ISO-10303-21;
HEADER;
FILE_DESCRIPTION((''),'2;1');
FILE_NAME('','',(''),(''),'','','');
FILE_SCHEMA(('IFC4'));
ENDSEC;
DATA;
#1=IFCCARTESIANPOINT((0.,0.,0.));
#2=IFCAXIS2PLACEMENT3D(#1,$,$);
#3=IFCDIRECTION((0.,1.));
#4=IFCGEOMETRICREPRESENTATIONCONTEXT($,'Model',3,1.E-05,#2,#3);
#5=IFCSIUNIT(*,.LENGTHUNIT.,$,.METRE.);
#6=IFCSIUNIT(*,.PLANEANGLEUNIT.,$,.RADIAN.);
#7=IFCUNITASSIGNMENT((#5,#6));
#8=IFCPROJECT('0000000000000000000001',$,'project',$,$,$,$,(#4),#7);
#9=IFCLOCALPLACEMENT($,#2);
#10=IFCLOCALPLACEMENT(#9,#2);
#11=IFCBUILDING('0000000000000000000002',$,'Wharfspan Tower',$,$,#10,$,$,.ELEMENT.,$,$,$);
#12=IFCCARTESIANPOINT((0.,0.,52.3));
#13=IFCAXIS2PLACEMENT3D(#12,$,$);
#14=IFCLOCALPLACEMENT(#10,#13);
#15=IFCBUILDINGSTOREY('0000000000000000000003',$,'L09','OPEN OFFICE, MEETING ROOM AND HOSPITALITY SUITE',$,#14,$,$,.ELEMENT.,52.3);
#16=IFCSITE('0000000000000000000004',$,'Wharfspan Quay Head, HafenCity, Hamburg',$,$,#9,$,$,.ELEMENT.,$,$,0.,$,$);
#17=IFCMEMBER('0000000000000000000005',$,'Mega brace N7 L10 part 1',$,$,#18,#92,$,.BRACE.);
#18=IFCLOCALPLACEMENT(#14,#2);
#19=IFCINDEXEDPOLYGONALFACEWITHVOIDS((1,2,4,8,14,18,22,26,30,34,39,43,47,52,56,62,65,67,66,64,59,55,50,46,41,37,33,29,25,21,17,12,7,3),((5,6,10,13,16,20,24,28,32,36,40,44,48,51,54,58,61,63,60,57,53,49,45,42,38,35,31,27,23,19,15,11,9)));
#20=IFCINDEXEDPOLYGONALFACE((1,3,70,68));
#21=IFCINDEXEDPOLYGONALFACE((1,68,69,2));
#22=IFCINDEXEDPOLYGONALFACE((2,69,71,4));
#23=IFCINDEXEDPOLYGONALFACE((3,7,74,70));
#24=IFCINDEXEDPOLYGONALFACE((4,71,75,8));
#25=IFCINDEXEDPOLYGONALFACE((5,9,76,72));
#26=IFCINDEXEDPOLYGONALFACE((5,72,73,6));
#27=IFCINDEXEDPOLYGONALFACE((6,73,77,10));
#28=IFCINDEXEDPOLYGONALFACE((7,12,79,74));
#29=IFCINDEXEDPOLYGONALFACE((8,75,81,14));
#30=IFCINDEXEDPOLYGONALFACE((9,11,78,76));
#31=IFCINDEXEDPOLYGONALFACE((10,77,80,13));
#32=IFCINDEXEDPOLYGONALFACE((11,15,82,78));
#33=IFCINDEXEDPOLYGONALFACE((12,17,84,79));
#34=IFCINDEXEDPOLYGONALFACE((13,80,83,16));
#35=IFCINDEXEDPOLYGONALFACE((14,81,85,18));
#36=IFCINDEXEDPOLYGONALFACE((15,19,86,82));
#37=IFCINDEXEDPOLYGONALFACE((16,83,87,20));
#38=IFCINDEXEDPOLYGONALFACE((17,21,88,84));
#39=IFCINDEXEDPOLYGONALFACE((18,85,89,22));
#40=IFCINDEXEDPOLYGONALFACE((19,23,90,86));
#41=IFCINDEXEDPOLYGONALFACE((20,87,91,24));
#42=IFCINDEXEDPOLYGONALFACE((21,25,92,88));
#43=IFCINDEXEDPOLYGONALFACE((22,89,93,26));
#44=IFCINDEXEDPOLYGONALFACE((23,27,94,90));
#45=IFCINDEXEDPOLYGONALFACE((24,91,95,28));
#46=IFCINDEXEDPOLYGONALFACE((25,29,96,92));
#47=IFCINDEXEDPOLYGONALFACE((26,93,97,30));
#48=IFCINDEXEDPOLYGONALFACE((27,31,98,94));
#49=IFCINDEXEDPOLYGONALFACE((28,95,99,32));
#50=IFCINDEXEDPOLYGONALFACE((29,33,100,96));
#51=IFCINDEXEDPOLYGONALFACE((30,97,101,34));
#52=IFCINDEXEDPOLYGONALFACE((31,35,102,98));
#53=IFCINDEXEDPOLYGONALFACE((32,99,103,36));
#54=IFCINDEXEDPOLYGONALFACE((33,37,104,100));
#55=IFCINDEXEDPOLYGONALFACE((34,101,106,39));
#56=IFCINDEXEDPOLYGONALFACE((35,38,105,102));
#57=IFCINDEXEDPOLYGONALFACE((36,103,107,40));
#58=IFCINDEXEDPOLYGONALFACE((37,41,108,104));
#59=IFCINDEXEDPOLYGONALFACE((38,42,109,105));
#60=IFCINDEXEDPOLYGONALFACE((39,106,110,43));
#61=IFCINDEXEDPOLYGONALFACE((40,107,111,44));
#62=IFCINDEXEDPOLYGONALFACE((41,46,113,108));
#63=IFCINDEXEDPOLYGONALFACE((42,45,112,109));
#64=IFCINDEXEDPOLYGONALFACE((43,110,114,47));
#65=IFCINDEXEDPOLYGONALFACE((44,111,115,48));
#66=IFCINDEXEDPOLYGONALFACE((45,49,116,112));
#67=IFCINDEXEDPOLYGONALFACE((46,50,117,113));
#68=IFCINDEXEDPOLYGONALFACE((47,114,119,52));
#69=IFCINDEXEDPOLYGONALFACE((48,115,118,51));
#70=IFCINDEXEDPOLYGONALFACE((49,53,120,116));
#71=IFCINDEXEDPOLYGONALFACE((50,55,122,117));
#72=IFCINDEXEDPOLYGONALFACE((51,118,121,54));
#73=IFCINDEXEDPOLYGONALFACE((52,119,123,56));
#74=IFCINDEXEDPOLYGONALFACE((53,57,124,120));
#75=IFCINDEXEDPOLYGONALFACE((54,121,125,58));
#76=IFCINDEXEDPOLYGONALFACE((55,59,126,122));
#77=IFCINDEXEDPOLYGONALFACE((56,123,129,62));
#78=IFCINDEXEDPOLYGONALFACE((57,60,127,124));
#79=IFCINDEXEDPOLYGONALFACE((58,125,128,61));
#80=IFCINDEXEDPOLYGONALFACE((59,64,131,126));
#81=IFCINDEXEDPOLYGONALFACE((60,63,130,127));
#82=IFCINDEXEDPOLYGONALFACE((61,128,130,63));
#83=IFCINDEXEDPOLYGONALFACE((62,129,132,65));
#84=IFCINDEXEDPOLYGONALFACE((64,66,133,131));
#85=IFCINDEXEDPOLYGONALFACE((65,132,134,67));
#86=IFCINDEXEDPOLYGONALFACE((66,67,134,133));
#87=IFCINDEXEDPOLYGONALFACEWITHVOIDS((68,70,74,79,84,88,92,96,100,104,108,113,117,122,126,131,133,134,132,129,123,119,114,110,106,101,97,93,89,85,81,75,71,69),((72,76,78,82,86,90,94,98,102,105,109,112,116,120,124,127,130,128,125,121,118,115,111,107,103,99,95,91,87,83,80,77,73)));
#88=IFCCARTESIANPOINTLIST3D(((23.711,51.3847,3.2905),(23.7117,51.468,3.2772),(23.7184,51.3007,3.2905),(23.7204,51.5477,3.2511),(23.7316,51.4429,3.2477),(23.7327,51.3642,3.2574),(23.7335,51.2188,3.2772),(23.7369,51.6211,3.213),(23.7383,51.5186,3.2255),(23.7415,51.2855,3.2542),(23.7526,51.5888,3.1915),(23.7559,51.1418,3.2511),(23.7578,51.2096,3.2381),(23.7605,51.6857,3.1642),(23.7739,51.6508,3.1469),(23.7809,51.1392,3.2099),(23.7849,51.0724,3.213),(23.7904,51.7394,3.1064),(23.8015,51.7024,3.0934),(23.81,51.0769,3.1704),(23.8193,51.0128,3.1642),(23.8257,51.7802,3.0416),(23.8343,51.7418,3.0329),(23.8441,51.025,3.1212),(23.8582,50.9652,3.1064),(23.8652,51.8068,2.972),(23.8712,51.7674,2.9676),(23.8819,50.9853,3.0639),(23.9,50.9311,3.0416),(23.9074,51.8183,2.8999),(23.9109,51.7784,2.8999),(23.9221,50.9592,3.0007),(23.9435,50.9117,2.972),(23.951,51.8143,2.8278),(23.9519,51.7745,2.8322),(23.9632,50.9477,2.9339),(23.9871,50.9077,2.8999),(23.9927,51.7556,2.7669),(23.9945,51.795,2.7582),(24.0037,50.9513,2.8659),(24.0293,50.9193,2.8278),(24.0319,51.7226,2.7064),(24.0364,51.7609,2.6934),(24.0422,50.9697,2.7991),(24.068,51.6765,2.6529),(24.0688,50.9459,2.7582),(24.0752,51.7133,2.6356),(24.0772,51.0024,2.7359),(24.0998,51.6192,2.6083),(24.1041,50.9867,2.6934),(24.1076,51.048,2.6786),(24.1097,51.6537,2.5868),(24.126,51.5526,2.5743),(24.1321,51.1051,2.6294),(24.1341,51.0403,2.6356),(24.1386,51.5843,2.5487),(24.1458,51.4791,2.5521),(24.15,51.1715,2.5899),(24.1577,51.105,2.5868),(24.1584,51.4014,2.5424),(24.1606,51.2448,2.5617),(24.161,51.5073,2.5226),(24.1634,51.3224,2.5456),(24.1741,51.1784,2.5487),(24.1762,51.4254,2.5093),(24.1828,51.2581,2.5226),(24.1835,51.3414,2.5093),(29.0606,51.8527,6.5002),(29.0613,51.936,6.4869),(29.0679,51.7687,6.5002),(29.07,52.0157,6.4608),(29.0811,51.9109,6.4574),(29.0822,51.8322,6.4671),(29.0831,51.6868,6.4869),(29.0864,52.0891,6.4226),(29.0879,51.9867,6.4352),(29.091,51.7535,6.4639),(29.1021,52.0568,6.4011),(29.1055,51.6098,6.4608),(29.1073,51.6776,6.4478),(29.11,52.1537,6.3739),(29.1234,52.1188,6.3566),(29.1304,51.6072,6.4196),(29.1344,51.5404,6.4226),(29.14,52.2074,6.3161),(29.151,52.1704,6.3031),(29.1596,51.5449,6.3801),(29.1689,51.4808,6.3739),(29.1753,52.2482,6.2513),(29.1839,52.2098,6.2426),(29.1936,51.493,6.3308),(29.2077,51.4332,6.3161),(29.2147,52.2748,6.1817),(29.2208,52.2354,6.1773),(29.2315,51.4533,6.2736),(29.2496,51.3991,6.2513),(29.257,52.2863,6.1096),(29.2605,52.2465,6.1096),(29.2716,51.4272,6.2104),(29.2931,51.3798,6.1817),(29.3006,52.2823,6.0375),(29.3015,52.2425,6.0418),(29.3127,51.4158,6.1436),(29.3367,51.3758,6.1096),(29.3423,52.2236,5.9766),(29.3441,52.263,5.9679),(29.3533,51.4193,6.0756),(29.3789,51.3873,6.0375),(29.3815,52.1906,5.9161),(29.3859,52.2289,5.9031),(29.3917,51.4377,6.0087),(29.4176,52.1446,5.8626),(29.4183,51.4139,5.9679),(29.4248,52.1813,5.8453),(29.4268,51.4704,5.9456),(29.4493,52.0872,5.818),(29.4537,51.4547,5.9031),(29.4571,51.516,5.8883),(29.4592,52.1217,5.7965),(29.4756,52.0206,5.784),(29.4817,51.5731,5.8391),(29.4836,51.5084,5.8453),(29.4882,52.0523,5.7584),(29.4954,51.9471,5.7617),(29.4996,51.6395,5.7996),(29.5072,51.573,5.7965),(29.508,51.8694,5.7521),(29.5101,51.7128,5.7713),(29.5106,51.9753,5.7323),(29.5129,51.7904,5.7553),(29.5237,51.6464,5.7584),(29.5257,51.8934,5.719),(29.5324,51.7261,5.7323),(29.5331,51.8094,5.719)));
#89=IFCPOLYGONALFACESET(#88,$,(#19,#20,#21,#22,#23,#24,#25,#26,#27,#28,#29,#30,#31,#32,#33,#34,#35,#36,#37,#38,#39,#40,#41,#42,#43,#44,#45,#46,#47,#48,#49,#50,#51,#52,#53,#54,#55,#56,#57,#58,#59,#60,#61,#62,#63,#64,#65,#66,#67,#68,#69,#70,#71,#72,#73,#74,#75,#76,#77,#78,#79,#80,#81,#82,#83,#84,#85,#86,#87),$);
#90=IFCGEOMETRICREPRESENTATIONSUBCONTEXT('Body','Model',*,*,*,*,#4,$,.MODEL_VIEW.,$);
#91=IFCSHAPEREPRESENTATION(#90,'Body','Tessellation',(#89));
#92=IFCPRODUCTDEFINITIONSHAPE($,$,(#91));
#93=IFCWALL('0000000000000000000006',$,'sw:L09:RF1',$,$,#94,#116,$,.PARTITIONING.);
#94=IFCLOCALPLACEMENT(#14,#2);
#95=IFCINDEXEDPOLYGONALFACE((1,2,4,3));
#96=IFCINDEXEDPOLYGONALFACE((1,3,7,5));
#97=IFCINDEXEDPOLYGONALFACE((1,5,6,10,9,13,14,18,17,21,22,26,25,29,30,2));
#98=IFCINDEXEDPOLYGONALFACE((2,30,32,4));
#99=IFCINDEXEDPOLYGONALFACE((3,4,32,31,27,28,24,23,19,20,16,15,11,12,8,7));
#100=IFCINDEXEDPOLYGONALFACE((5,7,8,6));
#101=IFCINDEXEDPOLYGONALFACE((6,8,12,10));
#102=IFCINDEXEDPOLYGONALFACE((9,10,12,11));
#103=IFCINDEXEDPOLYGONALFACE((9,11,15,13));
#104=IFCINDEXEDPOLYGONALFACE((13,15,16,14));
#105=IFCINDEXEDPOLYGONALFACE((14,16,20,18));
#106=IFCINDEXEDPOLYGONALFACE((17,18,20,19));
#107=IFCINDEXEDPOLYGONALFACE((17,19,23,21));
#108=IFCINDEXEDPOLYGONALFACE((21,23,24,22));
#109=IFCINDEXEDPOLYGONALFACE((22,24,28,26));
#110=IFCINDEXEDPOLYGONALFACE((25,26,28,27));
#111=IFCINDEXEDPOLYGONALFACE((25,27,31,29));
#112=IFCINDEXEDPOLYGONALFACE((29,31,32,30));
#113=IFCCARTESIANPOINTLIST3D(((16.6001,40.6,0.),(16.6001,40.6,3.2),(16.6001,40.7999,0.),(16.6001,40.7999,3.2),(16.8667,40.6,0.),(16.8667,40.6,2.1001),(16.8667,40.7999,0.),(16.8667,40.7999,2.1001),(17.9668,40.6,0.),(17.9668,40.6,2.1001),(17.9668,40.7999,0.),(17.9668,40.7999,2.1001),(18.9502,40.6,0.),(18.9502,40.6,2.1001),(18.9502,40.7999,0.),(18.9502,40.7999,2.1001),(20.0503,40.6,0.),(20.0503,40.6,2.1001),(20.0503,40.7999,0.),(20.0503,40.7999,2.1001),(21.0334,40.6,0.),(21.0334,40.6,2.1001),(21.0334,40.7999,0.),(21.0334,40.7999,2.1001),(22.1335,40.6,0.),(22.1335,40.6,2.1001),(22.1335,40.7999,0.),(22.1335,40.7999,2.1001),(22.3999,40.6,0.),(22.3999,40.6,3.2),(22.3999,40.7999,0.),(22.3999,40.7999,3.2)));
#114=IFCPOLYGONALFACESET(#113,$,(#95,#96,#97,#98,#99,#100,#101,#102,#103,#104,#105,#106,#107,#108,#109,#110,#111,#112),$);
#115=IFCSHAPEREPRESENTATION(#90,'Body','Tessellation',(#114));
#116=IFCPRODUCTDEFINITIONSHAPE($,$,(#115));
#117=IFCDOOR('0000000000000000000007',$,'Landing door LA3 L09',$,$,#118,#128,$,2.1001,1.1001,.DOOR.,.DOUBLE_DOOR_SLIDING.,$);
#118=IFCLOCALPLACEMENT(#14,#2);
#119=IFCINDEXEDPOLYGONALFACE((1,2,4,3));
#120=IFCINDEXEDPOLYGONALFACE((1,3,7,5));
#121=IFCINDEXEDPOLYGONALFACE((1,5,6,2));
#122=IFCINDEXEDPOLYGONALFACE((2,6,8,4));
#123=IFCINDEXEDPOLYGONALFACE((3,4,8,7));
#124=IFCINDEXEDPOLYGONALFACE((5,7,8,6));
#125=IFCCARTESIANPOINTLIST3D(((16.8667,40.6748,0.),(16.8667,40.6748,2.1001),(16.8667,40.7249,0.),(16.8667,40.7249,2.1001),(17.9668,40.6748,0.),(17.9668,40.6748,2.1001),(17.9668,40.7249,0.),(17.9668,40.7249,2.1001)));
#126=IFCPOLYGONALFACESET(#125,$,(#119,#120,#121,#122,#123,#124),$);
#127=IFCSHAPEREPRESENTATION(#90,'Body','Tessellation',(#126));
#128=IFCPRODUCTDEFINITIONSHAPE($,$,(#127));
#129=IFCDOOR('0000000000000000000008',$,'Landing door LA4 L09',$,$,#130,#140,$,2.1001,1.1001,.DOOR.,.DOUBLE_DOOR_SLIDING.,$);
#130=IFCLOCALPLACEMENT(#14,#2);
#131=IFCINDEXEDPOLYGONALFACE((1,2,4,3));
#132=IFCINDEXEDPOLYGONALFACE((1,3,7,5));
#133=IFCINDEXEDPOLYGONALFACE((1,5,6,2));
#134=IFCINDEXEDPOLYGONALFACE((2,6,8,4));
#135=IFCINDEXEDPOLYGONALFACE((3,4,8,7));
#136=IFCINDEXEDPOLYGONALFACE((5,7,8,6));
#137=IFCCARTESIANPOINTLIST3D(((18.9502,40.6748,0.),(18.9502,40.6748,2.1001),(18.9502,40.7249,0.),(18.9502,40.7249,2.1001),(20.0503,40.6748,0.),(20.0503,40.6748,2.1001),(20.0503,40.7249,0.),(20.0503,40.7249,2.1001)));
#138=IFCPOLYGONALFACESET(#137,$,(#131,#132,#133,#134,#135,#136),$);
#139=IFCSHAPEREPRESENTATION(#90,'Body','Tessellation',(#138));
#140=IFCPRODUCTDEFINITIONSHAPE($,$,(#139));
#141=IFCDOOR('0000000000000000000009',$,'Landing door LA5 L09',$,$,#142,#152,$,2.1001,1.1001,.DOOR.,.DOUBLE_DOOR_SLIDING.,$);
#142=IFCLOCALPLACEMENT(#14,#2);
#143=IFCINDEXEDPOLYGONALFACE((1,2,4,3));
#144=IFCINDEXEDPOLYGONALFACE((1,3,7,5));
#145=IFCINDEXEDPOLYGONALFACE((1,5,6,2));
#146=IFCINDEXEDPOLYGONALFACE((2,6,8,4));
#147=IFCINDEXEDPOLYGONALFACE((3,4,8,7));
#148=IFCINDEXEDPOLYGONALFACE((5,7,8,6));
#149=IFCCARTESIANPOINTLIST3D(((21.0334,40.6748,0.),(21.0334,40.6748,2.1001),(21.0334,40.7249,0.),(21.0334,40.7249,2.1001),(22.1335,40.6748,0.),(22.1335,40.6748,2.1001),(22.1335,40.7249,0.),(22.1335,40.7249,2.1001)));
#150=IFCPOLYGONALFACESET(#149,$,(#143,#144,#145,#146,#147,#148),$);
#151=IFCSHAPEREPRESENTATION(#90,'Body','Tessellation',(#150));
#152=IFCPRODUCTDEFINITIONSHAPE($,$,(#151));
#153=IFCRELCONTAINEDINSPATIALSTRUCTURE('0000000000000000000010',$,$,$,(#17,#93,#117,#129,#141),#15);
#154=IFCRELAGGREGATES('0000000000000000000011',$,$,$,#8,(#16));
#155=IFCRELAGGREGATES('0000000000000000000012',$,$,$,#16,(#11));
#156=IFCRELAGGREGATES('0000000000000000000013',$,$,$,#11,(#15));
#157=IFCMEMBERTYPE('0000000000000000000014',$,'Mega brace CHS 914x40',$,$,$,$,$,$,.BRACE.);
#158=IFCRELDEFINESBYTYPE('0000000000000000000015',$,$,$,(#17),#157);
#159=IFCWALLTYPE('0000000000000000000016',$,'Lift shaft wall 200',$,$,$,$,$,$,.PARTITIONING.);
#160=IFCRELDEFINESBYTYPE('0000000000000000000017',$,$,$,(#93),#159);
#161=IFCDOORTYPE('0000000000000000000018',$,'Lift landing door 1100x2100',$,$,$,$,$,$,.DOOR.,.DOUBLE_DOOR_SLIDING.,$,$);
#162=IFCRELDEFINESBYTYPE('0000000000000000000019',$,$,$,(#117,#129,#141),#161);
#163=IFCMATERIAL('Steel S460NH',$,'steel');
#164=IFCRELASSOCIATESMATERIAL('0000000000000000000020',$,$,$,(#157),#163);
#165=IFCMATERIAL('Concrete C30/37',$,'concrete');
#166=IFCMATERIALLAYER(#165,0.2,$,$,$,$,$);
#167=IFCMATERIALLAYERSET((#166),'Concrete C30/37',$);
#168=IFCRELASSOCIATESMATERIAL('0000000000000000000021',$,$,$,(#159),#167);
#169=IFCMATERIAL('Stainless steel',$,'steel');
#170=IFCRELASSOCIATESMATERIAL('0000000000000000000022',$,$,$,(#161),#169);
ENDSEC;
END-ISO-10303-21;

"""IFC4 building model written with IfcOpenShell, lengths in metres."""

from ifc_helpers import new_model, si_unit, direction, frame, frame_2d, origin, origin_2d, place, context, subcontext, project, spatial, rectangle, hollow_circle, extrude, material, layer, layer_set, material_profile, profile_set, type_object, element, fill, save


model = new_model("IFC4")

# Units and contexts
model_context = context("Model", 3, precision=1e-05, world=origin(), true_north=direction((0.0, 1.0)))
body_context = subcontext(model_context, "Body", "Model", "MODEL_VIEW")
ifc_project = project(units=[si_unit("LENGTHUNIT", "METRE"), si_unit("PLANEANGLEUNIT", "RADIAN")], contexts=[model_context])

# Site, building, storey
site_placement = place(None, origin())
site = spatial("IfcSite", under=ifc_project, at=site_placement, Name="Wharfspan Quay Head, HafenCity, Hamburg", CompositionType="ELEMENT", RefElevation=0.0)
building_placement = place(site_placement, origin())
building = spatial("IfcBuilding", under=site, at=building_placement, Name="Wharfspan Tower", CompositionType="ELEMENT")
storey_placement = place(building_placement, frame((0.0, 0.0, 52.3)))
storey = spatial("IfcBuildingStorey", under=building, at=storey_placement, Name="L09", Description="OPEN OFFICE, MEETING ROOM AND HOSPITALITY SUITE", CompositionType="ELEMENT", Elevation=52.3)

# Member
ifc_material_1 = material(Name="Steel S460NH", Category="steel")
ifc_material_profile_1 = material_profile(ifc_material_1, hollow_circle(Radius=0.457, WallThickness=0.04, at=origin_2d()))
ifc_profile_set_1 = profile_set([ifc_material_profile_1], Name="Steel S460NH")
member_type = type_object("IfcMemberType", Name="Mega brace CHS 914x40", PredefinedType="BRACE", material=ifc_profile_set_1)
member_placement = place(storey_placement, frame((23.9473, 51.363, 2.8999), z_axis=(0.855094, 0.074809, 0.513048), x_axis=(-0.087154, 0.996195, 0.000001)))
element("IfcMember", 1, at=member_placement, inside=storey, type_object=member_type, Name="Mega brace N7 L10 part 1", PredefinedType="BRACE", context=body_context, shape_type="SweptSolid", body=[
    extrude(hollow_circle(Radius=0.457, WallThickness=0.04, at=origin_2d()), origin(), (0.0, 0.0, 1.0), 6.2561),
])

# Wall, openings, doors
ifc_material_2 = material(Name="Concrete C30/37", Category="concrete")
ifc_layer_1 = layer(ifc_material_2, 0.2)
ifc_layer_set_1 = layer_set([ifc_layer_1], Name="Concrete C30/37")
wall_type_1 = type_object("IfcWallType", Name="Lift shaft wall 200", PredefinedType="PARTITIONING", material=ifc_layer_set_1)
wall_1_placement = place(storey_placement, frame((16.6001, 40.7, 0.0), z_axis=(0.0, 0.0, 1.0), x_axis=(1.0, 0.0, 0.0)))
wall_1 = element("IfcWall", 2, at=wall_1_placement, inside=storey, type_object=wall_type_1, Name="sw:L09:RF1", PredefinedType="PARTITIONING", context=body_context, shape_type="SweptSolid", body=[
    extrude(rectangle(XDim=5.7998, YDim=0.2, at=frame_2d((2.8999, 0.0))), origin(), (0.0, 0.0, 1.0), 3.2),
])
opening_1_placement = place(wall_1_placement, frame((0.2666, 0.0, 0.0)))
opening_1 = element("IfcOpeningElement", 3, at=opening_1_placement, cuts=wall_1, PredefinedType="OPENING", context=body_context, shape_type="SweptSolid", body=[
    extrude(rectangle(XDim=1.1001, YDim=2.1001, at=frame_2d((0.55, 1.05))), frame((0.0, 0.1099, 0.0), z_axis=(0.0, -1.0, 0.0), x_axis=(1.0, 0.0, 0.0)), (0.0, 0.0, 1.0), 0.22),
])
opening_2_placement = place(wall_1_placement, frame((2.3501, 0.0, 0.0)))
opening_2 = element("IfcOpeningElement", 4, at=opening_2_placement, cuts=wall_1, PredefinedType="OPENING", context=body_context, shape_type="SweptSolid", body=[
    extrude(rectangle(XDim=1.1001, YDim=2.1001, at=frame_2d((0.55, 1.05))), frame((0.0, 0.1099, 0.0), z_axis=(0.0, -1.0, 0.0), x_axis=(1.0, 0.0, 0.0)), (0.0, 0.0, 1.0), 0.22),
])
opening_3_placement = place(wall_1_placement, frame((4.4333, 0.0, 0.0)))
opening_3 = element("IfcOpeningElement", 5, at=opening_3_placement, cuts=wall_1, PredefinedType="OPENING", context=body_context, shape_type="SweptSolid", body=[
    extrude(rectangle(XDim=1.1001, YDim=2.1001, at=frame_2d((0.55, 1.05))), frame((0.0, 0.1099, 0.0), z_axis=(0.0, -1.0, 0.0), x_axis=(1.0, 0.0, 0.0)), (0.0, 0.0, 1.0), 0.22),
])
ifc_material_3 = material(Name="Stainless steel", Category="steel")
door_type_1 = type_object("IfcDoorType", Name="Lift landing door 1100x2100", OperationType="DOUBLE_DOOR_SLIDING", PredefinedType="DOOR", material=ifc_material_3)
door_1_placement = place(opening_1_placement, origin())
door_1 = element("IfcDoor", 6, at=door_1_placement, inside=storey, type_object=door_type_1, Name="Landing door LA3 L09", OperationType="DOUBLE_DOOR_SLIDING", OverallHeight=2.1001, OverallWidth=1.1001, PredefinedType="DOOR", context=body_context, shape_type="SweptSolid", body=[
    extrude(rectangle(XDim=1.1001, YDim=2.1001, at=frame_2d((0.55, 1.05))), frame((0.0, 0.0249, 0.0), z_axis=(0.0, -1.0, 0.0), x_axis=(1.0, 0.0, 0.0)), (0.0, 0.0, 1.0), 0.05),
])
fill(opening_1, door_1)
door_2_placement = place(opening_2_placement, origin())
door_2 = element("IfcDoor", 7, at=door_2_placement, inside=storey, type_object=door_type_1, Name="Landing door LA4 L09", OperationType="DOUBLE_DOOR_SLIDING", OverallHeight=2.1001, OverallWidth=1.1001, PredefinedType="DOOR", context=body_context, shape_type="SweptSolid", body=[
    extrude(rectangle(XDim=1.1001, YDim=2.1001, at=frame_2d((0.55, 1.05))), frame((0.0, 0.0249, 0.0), z_axis=(0.0, -1.0, 0.0), x_axis=(1.0, 0.0, 0.0)), (0.0, 0.0, 1.0), 0.05),
])
fill(opening_2, door_2)
door_3_placement = place(opening_3_placement, origin())
door_3 = element("IfcDoor", 8, at=door_3_placement, inside=storey, type_object=door_type_1, Name="Landing door LA5 L09", OperationType="DOUBLE_DOOR_SLIDING", OverallHeight=2.1001, OverallWidth=1.1001, PredefinedType="DOOR", context=body_context, shape_type="SweptSolid", body=[
    extrude(rectangle(XDim=1.1001, YDim=2.1001, at=frame_2d((0.55, 1.05))), frame((0.0, 0.0249, 0.0), z_axis=(0.0, -1.0, 0.0), x_axis=(1.0, 0.0, 0.0)), (0.0, 0.0, 1.0), 0.05),
])
fill(opening_3, door_3)

save(model, "model.ifc")
